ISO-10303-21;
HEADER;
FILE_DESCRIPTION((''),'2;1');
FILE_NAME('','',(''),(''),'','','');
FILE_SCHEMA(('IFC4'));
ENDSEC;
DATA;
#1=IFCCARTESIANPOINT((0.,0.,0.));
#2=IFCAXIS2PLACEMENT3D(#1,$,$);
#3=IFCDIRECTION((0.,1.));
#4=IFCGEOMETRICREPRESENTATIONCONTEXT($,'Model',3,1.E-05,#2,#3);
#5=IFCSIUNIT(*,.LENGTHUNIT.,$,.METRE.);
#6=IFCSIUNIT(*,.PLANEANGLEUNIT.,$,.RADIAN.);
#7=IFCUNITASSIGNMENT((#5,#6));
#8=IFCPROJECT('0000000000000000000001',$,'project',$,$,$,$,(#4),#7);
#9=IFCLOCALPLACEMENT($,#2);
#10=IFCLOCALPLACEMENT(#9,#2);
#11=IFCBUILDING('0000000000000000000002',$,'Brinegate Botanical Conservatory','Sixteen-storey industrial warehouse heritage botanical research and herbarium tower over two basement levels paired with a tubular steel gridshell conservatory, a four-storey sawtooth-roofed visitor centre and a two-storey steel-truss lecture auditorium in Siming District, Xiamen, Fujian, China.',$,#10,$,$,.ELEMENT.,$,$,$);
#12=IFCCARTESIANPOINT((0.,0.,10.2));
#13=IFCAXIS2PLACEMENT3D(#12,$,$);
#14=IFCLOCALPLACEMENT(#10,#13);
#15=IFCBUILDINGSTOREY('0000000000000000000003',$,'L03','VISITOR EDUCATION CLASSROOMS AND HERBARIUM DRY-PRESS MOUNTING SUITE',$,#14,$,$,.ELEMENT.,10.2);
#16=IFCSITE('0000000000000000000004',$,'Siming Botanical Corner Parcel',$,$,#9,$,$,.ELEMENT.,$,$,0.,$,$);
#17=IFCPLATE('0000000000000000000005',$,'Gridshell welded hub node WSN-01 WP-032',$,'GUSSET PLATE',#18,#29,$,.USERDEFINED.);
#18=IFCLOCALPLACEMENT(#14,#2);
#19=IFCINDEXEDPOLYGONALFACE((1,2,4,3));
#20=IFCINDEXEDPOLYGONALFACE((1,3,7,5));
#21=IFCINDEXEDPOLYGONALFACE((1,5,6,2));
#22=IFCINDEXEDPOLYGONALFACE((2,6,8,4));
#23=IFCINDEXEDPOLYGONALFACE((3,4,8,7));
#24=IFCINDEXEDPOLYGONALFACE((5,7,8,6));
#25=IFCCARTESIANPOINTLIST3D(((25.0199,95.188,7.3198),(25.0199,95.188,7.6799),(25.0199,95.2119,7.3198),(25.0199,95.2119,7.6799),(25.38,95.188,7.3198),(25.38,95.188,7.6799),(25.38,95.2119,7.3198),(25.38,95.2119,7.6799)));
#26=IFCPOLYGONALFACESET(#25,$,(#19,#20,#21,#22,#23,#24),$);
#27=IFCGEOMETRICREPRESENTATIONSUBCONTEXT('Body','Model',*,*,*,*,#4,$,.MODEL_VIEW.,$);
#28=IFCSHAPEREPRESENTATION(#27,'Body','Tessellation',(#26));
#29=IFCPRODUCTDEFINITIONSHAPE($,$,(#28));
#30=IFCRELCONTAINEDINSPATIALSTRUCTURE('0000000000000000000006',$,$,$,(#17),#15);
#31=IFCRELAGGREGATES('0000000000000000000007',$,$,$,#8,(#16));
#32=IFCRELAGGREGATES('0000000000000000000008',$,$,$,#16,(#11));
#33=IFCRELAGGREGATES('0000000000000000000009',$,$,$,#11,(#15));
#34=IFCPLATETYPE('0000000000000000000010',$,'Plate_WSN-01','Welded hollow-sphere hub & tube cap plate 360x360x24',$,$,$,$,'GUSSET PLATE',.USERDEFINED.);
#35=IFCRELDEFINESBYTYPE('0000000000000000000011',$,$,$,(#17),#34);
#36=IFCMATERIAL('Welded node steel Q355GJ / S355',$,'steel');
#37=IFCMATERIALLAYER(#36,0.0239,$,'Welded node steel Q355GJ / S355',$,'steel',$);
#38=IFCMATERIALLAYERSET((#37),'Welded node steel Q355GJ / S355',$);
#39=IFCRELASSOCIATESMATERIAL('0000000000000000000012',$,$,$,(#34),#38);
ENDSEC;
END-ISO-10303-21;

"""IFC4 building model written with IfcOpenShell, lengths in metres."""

from ifc_helpers import new_model, si_unit, direction, frame, origin, origin_2d, place, context, subcontext, project, spatial, rectangle, extrude, material, layer, layer_set, type_object, element, save


model = new_model("IFC4")

# Units and contexts
model_context = context("Model", 3, precision=1e-05, world=origin(), true_north=direction((0.0, 1.0)))
body_context = subcontext(model_context, "Body", "Model", "MODEL_VIEW")
ifc_project = project(units=[si_unit("LENGTHUNIT", "METRE"), si_unit("PLANEANGLEUNIT", "RADIAN")], contexts=[model_context])

# Site, building, storey
site_placement = place(None, origin())
site = spatial("IfcSite", under=ifc_project, at=site_placement, Name="Siming Botanical Corner Parcel", CompositionType="ELEMENT", RefElevation=0.0)
building_placement = place(site_placement, origin())
building = spatial("IfcBuilding", under=site, at=building_placement, Name="Brinegate Botanical Conservatory", Description="Sixteen-storey industrial warehouse heritage botanical research and herbarium tower over two basement levels paired with a tubular steel gridshell conservatory, a four-storey sawtooth-roofed visitor centre and a two-storey steel-truss lecture auditorium in Siming District, Xiamen, Fujian, China.", CompositionType="ELEMENT")
storey_placement = place(building_placement, frame((0.0, 0.0, 10.2)))
storey = spatial("IfcBuildingStorey", under=building, at=storey_placement, Name="L03", Description="VISITOR EDUCATION CLASSROOMS AND HERBARIUM DRY-PRESS MOUNTING SUITE", CompositionType="ELEMENT", Elevation=10.2)

# Plate
ifc_material_1 = material(Name="Welded node steel Q355GJ / S355", Category="steel")
ifc_layer_1 = layer(ifc_material_1, 0.0239, Name="Welded node steel Q355GJ / S355", Category="steel")
ifc_layer_set_1 = layer_set([ifc_layer_1], Name="Welded node steel Q355GJ / S355")
plate_type_1 = type_object("IfcPlateType", Name="Plate_WSN-01", Description="Welded hollow-sphere hub & tube cap plate 360x360x24", ElementType="GUSSET PLATE", PredefinedType="USERDEFINED", material=ifc_layer_set_1)
for number, where, z_axis, x_axis, name in (
    (1, (25.2, 95.2, 7.3198), (0.0, 0.0, 1.0), (1.0, 0.0, 0.0), "Gridshell welded hub node WSN-01 WP-032"),
):
    element("IfcPlate", number, at=place(storey_placement, frame(where, z_axis=z_axis, x_axis=x_axis)), inside=storey, type_object=plate_type_1, Name=name, ObjectType="GUSSET PLATE", PredefinedType="USERDEFINED", context=body_context, shape_type="SweptSolid", body=[
        extrude(rectangle(XDim=0.3601, YDim=0.0239, at=origin_2d()), origin(), (0.0, 0.0, 1.0), 0.3601),
    ])

save(model, "model.ifc")
